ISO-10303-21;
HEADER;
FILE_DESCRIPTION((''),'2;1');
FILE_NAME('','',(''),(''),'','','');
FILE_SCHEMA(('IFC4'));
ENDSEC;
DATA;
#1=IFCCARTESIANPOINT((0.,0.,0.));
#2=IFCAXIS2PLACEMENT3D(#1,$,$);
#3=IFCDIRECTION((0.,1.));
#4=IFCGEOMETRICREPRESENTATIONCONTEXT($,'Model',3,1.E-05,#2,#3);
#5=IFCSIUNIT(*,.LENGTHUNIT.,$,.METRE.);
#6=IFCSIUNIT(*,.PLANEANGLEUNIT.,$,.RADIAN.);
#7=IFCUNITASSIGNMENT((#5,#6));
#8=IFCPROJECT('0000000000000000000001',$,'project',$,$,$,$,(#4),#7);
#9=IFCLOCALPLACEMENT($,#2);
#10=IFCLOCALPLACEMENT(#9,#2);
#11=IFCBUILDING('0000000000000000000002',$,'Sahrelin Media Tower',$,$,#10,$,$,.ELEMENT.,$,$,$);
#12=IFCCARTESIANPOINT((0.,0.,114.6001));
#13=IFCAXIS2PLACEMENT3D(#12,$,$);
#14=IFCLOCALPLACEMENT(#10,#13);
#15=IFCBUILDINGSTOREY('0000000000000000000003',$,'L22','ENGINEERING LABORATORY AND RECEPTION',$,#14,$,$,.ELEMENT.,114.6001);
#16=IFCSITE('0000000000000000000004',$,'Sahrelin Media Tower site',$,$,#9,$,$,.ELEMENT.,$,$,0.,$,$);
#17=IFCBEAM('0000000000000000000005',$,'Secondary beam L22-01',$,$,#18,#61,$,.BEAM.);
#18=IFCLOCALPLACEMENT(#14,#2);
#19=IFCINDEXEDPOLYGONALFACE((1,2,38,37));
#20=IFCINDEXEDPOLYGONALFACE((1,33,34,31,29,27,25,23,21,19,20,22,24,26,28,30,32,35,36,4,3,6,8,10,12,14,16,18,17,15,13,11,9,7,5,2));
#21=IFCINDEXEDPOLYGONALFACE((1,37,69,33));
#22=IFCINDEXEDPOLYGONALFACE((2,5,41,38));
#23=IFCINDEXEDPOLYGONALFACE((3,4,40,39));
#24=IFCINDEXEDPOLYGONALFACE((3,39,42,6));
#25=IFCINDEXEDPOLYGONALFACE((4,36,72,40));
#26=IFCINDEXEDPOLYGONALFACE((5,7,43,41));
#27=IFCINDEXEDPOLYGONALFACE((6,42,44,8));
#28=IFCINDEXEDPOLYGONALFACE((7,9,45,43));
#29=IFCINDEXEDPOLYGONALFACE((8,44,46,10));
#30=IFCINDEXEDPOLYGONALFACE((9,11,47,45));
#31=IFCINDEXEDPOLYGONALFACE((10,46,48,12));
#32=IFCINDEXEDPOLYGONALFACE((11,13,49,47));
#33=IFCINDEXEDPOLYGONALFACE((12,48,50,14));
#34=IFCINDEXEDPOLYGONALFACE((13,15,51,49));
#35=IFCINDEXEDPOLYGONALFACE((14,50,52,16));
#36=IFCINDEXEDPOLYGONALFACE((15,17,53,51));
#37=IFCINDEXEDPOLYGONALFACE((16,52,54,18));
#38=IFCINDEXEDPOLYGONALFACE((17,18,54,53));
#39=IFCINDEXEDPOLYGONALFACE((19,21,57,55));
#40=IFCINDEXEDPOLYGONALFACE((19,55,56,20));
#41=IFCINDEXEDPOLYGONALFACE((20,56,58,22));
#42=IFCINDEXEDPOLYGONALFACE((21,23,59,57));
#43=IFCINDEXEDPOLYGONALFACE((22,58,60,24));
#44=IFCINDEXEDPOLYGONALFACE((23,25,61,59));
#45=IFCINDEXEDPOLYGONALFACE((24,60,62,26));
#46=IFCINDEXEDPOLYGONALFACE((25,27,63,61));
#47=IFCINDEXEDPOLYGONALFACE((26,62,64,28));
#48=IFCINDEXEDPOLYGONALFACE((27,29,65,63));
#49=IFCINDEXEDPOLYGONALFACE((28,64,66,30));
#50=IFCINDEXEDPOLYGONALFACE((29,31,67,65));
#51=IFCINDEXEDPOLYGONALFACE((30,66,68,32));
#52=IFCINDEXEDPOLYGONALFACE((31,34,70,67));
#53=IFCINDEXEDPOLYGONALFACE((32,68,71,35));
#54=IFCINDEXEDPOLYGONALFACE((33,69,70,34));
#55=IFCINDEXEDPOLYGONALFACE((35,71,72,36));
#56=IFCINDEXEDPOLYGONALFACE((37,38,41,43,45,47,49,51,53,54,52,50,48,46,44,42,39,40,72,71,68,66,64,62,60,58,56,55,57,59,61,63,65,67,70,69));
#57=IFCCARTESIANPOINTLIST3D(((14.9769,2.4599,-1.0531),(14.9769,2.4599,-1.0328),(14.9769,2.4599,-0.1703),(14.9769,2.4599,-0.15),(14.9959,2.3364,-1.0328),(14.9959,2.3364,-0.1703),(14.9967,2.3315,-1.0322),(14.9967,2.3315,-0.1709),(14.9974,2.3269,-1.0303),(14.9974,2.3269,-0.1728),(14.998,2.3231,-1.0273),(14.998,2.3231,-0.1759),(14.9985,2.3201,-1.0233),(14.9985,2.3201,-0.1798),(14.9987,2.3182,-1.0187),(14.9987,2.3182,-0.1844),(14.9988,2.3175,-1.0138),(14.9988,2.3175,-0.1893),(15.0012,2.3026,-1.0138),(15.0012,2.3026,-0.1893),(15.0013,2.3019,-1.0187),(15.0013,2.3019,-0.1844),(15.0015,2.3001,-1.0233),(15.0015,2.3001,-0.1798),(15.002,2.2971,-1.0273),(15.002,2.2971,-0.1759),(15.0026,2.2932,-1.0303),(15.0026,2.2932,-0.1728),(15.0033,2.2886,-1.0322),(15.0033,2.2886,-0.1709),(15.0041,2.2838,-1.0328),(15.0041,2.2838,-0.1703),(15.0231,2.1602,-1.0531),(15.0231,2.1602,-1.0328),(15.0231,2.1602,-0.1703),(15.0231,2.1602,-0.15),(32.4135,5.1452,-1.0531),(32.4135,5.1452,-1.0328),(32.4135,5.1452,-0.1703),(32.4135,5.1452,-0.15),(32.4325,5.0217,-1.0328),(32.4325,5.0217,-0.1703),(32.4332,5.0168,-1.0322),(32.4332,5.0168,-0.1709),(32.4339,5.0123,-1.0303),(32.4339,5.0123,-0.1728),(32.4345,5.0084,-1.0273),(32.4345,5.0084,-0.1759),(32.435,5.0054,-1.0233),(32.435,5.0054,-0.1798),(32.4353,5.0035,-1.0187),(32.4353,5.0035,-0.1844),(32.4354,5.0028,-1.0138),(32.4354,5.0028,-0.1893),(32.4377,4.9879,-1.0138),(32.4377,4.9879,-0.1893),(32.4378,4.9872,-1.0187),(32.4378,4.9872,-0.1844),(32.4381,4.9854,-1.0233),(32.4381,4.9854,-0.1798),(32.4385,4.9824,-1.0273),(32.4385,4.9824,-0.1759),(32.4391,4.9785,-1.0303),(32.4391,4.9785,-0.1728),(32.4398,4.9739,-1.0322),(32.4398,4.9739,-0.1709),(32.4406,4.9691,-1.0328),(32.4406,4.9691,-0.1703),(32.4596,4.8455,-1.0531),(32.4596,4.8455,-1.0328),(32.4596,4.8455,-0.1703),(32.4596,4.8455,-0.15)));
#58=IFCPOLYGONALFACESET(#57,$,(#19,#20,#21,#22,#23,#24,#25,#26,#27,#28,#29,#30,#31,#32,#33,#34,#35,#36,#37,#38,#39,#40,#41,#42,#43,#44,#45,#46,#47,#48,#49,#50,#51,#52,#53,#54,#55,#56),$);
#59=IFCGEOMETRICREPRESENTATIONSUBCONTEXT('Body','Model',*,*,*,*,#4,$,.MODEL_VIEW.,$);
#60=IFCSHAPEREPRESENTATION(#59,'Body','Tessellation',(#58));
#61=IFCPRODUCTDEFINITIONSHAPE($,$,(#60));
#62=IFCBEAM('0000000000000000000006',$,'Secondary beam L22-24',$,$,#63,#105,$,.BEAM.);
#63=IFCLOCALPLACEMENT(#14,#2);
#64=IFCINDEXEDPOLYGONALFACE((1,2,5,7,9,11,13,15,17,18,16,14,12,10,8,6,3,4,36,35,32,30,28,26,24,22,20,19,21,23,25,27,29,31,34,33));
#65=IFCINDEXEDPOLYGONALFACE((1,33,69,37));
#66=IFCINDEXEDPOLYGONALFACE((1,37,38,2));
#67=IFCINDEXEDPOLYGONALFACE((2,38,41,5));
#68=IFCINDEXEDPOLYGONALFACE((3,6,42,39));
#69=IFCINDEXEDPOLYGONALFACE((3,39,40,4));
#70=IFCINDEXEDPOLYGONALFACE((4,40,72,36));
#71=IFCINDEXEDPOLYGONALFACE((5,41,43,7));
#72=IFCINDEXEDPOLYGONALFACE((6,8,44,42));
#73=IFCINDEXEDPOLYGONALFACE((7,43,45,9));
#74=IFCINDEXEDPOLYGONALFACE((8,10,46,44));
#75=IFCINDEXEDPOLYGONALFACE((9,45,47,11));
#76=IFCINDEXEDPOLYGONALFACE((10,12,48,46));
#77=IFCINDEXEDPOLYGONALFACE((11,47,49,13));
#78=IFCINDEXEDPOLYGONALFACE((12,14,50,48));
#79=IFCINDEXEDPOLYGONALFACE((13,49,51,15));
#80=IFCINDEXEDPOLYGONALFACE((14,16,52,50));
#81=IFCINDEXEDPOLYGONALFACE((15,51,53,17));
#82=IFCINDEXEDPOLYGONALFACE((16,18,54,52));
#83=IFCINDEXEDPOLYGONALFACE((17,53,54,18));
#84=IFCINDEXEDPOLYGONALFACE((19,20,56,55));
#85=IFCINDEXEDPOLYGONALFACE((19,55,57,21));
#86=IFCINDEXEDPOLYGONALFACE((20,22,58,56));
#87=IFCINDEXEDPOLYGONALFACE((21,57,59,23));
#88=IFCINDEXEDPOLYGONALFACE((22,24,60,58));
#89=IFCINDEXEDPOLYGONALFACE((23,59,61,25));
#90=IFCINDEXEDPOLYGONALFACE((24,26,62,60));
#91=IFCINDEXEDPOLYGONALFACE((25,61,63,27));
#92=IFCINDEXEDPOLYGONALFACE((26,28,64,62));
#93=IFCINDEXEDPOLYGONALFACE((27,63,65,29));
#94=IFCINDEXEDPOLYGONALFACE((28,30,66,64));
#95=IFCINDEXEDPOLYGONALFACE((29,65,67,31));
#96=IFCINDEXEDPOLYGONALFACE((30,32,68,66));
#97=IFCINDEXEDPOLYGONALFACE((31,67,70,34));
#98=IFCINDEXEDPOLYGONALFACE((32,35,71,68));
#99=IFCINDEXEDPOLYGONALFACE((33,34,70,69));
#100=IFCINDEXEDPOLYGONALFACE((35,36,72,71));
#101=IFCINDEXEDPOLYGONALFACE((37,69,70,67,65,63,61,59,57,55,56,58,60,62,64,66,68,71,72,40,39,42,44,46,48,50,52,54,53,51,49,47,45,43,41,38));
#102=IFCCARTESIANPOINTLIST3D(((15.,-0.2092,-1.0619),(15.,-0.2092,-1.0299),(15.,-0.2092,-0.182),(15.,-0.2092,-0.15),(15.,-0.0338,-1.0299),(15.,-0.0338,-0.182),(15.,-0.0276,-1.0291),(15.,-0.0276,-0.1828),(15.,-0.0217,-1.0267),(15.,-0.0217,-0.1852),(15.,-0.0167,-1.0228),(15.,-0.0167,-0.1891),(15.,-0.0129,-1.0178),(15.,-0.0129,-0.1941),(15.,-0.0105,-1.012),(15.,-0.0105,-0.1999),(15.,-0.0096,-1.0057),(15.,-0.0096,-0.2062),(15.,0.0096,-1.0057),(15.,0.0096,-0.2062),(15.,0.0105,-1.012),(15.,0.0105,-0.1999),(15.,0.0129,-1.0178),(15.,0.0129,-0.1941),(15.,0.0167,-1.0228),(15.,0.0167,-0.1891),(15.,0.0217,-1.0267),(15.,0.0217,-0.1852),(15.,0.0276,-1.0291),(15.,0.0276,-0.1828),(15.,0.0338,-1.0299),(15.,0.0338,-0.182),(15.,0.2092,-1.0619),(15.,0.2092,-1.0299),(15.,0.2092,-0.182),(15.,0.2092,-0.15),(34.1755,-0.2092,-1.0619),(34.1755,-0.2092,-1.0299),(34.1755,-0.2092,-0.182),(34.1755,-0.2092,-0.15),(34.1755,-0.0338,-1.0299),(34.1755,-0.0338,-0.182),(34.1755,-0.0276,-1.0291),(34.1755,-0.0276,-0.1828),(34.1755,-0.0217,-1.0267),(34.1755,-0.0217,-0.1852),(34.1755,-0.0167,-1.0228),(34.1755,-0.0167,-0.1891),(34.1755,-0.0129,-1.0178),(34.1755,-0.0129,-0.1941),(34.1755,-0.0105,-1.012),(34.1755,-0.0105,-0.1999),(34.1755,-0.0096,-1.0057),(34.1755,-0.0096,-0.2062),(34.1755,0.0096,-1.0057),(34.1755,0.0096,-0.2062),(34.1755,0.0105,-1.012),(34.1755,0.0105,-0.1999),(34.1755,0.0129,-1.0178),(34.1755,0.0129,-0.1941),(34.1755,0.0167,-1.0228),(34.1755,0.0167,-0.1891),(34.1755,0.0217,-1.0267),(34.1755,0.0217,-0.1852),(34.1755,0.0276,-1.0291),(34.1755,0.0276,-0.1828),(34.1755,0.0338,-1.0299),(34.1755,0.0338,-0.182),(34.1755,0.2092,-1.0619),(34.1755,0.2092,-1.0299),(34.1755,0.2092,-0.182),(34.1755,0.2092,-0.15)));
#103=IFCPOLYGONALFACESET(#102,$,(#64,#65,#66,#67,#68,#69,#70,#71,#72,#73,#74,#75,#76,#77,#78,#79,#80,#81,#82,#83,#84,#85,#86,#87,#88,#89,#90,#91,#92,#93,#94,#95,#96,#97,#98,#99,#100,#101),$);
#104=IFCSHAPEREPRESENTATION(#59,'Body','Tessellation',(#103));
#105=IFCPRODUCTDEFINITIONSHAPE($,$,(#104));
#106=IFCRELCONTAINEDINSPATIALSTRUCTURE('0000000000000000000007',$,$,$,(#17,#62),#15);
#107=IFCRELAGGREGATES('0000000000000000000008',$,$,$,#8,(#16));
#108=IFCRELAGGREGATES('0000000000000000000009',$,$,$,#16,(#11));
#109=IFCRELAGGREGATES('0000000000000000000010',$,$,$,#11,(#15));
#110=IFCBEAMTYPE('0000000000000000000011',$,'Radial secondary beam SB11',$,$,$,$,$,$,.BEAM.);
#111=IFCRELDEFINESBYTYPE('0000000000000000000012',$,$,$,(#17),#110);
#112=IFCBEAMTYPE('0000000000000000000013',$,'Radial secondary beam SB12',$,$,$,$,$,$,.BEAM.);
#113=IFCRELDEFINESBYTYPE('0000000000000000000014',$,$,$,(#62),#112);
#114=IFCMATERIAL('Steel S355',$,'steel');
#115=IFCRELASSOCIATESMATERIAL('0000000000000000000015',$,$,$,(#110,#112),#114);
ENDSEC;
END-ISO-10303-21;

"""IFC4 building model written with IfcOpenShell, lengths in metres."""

from ifc_helpers import new_model, si_unit, direction, frame, origin, origin_2d, place, context, subcontext, project, spatial, i_section, extrude, material, material_profile, profile_set, type_object, element, save


model = new_model("IFC4")

# Units and contexts
model_context = context("Model", 3, precision=1e-05, world=origin(), true_north=direction((0.0, 1.0)))
body_context = subcontext(model_context, "Body", "Model", "MODEL_VIEW")
ifc_project = project(units=[si_unit("LENGTHUNIT", "METRE"), si_unit("PLANEANGLEUNIT", "RADIAN")], contexts=[model_context])

# Site, building, storey
site_placement = place(None, origin())
site = spatial("IfcSite", under=ifc_project, at=site_placement, Name="Sahrelin Media Tower site", CompositionType="ELEMENT", RefElevation=0.0)
building_placement = place(site_placement, origin())
building = spatial("IfcBuilding", under=site, at=building_placement, Name="Sahrelin Media Tower", CompositionType="ELEMENT")
storey_placement = place(building_placement, frame((0.0, 0.0, 114.6001)))
storey = spatial("IfcBuildingStorey", under=building, at=storey_placement, Name="L22", Description="ENGINEERING LABORATORY AND RECEPTION", CompositionType="ELEMENT", Elevation=114.6001)

# Beams
ifc_material_1 = material(Name="Steel S355", Category="steel")
ifc_material_profile_1 = material_profile(ifc_material_1, i_section(OverallWidth=0.3032, OverallDepth=0.9031, WebThickness=0.0151, FlangeThickness=0.0203, FilletRadius=0.019, at=origin_2d()), Name="UB 914x305x201")
ifc_profile_set_1 = profile_set([ifc_material_profile_1], Name="Steel S355")
beam_type_1 = type_object("IfcBeamType", Name="Radial secondary beam SB11", PredefinedType="BEAM", material=ifc_profile_set_1)
beam_1_placement = place(storey_placement, frame((15.0, 2.3101, -0.6016), z_axis=(0.988348, 0.15221, 0.0), x_axis=(-0.15221, 0.988348, 0.0)))
element("IfcBeam", 1, at=beam_1_placement, inside=storey, type_object=beam_type_1, Name="Secondary beam L22-01", PredefinedType="BEAM", context=body_context, shape_type="SweptSolid", body=[
    extrude(i_section(OverallWidth=0.3032, OverallDepth=0.9031, WebThickness=0.0151, FlangeThickness=0.0203, FilletRadius=0.019, at=origin_2d()), origin(), (0.0, 0.0, 1.0), 17.6421),
])
ifc_material_profile_2 = material_profile(ifc_material_1, i_section(OverallWidth=0.4185, OverallDepth=0.9119, WebThickness=0.0193, FlangeThickness=0.032, FilletRadius=0.0242, at=origin_2d()), Name="UB 914x419x343")
ifc_profile_set_2 = profile_set([ifc_material_profile_2], Name="Steel S355")
beam_type_2 = type_object("IfcBeamType", Name="Radial secondary beam SB12", PredefinedType="BEAM", material=ifc_profile_set_2)
beam_2_placement = place(storey_placement, frame((15.0, 0.0, -0.606), z_axis=(1.0, 0.0, 0.0), x_axis=(0.0, 1.0, 0.0)))
element("IfcBeam", 2, at=beam_2_placement, inside=storey, type_object=beam_type_2, Name="Secondary beam L22-24", PredefinedType="BEAM", context=body_context, shape_type="SweptSolid", body=[
    extrude(i_section(OverallWidth=0.4185, OverallDepth=0.9119, WebThickness=0.0193, FlangeThickness=0.032, FilletRadius=0.0242, at=origin_2d()), origin(), (0.0, 0.0, 1.0), 19.1755),
])

save(model, "model.ifc")
